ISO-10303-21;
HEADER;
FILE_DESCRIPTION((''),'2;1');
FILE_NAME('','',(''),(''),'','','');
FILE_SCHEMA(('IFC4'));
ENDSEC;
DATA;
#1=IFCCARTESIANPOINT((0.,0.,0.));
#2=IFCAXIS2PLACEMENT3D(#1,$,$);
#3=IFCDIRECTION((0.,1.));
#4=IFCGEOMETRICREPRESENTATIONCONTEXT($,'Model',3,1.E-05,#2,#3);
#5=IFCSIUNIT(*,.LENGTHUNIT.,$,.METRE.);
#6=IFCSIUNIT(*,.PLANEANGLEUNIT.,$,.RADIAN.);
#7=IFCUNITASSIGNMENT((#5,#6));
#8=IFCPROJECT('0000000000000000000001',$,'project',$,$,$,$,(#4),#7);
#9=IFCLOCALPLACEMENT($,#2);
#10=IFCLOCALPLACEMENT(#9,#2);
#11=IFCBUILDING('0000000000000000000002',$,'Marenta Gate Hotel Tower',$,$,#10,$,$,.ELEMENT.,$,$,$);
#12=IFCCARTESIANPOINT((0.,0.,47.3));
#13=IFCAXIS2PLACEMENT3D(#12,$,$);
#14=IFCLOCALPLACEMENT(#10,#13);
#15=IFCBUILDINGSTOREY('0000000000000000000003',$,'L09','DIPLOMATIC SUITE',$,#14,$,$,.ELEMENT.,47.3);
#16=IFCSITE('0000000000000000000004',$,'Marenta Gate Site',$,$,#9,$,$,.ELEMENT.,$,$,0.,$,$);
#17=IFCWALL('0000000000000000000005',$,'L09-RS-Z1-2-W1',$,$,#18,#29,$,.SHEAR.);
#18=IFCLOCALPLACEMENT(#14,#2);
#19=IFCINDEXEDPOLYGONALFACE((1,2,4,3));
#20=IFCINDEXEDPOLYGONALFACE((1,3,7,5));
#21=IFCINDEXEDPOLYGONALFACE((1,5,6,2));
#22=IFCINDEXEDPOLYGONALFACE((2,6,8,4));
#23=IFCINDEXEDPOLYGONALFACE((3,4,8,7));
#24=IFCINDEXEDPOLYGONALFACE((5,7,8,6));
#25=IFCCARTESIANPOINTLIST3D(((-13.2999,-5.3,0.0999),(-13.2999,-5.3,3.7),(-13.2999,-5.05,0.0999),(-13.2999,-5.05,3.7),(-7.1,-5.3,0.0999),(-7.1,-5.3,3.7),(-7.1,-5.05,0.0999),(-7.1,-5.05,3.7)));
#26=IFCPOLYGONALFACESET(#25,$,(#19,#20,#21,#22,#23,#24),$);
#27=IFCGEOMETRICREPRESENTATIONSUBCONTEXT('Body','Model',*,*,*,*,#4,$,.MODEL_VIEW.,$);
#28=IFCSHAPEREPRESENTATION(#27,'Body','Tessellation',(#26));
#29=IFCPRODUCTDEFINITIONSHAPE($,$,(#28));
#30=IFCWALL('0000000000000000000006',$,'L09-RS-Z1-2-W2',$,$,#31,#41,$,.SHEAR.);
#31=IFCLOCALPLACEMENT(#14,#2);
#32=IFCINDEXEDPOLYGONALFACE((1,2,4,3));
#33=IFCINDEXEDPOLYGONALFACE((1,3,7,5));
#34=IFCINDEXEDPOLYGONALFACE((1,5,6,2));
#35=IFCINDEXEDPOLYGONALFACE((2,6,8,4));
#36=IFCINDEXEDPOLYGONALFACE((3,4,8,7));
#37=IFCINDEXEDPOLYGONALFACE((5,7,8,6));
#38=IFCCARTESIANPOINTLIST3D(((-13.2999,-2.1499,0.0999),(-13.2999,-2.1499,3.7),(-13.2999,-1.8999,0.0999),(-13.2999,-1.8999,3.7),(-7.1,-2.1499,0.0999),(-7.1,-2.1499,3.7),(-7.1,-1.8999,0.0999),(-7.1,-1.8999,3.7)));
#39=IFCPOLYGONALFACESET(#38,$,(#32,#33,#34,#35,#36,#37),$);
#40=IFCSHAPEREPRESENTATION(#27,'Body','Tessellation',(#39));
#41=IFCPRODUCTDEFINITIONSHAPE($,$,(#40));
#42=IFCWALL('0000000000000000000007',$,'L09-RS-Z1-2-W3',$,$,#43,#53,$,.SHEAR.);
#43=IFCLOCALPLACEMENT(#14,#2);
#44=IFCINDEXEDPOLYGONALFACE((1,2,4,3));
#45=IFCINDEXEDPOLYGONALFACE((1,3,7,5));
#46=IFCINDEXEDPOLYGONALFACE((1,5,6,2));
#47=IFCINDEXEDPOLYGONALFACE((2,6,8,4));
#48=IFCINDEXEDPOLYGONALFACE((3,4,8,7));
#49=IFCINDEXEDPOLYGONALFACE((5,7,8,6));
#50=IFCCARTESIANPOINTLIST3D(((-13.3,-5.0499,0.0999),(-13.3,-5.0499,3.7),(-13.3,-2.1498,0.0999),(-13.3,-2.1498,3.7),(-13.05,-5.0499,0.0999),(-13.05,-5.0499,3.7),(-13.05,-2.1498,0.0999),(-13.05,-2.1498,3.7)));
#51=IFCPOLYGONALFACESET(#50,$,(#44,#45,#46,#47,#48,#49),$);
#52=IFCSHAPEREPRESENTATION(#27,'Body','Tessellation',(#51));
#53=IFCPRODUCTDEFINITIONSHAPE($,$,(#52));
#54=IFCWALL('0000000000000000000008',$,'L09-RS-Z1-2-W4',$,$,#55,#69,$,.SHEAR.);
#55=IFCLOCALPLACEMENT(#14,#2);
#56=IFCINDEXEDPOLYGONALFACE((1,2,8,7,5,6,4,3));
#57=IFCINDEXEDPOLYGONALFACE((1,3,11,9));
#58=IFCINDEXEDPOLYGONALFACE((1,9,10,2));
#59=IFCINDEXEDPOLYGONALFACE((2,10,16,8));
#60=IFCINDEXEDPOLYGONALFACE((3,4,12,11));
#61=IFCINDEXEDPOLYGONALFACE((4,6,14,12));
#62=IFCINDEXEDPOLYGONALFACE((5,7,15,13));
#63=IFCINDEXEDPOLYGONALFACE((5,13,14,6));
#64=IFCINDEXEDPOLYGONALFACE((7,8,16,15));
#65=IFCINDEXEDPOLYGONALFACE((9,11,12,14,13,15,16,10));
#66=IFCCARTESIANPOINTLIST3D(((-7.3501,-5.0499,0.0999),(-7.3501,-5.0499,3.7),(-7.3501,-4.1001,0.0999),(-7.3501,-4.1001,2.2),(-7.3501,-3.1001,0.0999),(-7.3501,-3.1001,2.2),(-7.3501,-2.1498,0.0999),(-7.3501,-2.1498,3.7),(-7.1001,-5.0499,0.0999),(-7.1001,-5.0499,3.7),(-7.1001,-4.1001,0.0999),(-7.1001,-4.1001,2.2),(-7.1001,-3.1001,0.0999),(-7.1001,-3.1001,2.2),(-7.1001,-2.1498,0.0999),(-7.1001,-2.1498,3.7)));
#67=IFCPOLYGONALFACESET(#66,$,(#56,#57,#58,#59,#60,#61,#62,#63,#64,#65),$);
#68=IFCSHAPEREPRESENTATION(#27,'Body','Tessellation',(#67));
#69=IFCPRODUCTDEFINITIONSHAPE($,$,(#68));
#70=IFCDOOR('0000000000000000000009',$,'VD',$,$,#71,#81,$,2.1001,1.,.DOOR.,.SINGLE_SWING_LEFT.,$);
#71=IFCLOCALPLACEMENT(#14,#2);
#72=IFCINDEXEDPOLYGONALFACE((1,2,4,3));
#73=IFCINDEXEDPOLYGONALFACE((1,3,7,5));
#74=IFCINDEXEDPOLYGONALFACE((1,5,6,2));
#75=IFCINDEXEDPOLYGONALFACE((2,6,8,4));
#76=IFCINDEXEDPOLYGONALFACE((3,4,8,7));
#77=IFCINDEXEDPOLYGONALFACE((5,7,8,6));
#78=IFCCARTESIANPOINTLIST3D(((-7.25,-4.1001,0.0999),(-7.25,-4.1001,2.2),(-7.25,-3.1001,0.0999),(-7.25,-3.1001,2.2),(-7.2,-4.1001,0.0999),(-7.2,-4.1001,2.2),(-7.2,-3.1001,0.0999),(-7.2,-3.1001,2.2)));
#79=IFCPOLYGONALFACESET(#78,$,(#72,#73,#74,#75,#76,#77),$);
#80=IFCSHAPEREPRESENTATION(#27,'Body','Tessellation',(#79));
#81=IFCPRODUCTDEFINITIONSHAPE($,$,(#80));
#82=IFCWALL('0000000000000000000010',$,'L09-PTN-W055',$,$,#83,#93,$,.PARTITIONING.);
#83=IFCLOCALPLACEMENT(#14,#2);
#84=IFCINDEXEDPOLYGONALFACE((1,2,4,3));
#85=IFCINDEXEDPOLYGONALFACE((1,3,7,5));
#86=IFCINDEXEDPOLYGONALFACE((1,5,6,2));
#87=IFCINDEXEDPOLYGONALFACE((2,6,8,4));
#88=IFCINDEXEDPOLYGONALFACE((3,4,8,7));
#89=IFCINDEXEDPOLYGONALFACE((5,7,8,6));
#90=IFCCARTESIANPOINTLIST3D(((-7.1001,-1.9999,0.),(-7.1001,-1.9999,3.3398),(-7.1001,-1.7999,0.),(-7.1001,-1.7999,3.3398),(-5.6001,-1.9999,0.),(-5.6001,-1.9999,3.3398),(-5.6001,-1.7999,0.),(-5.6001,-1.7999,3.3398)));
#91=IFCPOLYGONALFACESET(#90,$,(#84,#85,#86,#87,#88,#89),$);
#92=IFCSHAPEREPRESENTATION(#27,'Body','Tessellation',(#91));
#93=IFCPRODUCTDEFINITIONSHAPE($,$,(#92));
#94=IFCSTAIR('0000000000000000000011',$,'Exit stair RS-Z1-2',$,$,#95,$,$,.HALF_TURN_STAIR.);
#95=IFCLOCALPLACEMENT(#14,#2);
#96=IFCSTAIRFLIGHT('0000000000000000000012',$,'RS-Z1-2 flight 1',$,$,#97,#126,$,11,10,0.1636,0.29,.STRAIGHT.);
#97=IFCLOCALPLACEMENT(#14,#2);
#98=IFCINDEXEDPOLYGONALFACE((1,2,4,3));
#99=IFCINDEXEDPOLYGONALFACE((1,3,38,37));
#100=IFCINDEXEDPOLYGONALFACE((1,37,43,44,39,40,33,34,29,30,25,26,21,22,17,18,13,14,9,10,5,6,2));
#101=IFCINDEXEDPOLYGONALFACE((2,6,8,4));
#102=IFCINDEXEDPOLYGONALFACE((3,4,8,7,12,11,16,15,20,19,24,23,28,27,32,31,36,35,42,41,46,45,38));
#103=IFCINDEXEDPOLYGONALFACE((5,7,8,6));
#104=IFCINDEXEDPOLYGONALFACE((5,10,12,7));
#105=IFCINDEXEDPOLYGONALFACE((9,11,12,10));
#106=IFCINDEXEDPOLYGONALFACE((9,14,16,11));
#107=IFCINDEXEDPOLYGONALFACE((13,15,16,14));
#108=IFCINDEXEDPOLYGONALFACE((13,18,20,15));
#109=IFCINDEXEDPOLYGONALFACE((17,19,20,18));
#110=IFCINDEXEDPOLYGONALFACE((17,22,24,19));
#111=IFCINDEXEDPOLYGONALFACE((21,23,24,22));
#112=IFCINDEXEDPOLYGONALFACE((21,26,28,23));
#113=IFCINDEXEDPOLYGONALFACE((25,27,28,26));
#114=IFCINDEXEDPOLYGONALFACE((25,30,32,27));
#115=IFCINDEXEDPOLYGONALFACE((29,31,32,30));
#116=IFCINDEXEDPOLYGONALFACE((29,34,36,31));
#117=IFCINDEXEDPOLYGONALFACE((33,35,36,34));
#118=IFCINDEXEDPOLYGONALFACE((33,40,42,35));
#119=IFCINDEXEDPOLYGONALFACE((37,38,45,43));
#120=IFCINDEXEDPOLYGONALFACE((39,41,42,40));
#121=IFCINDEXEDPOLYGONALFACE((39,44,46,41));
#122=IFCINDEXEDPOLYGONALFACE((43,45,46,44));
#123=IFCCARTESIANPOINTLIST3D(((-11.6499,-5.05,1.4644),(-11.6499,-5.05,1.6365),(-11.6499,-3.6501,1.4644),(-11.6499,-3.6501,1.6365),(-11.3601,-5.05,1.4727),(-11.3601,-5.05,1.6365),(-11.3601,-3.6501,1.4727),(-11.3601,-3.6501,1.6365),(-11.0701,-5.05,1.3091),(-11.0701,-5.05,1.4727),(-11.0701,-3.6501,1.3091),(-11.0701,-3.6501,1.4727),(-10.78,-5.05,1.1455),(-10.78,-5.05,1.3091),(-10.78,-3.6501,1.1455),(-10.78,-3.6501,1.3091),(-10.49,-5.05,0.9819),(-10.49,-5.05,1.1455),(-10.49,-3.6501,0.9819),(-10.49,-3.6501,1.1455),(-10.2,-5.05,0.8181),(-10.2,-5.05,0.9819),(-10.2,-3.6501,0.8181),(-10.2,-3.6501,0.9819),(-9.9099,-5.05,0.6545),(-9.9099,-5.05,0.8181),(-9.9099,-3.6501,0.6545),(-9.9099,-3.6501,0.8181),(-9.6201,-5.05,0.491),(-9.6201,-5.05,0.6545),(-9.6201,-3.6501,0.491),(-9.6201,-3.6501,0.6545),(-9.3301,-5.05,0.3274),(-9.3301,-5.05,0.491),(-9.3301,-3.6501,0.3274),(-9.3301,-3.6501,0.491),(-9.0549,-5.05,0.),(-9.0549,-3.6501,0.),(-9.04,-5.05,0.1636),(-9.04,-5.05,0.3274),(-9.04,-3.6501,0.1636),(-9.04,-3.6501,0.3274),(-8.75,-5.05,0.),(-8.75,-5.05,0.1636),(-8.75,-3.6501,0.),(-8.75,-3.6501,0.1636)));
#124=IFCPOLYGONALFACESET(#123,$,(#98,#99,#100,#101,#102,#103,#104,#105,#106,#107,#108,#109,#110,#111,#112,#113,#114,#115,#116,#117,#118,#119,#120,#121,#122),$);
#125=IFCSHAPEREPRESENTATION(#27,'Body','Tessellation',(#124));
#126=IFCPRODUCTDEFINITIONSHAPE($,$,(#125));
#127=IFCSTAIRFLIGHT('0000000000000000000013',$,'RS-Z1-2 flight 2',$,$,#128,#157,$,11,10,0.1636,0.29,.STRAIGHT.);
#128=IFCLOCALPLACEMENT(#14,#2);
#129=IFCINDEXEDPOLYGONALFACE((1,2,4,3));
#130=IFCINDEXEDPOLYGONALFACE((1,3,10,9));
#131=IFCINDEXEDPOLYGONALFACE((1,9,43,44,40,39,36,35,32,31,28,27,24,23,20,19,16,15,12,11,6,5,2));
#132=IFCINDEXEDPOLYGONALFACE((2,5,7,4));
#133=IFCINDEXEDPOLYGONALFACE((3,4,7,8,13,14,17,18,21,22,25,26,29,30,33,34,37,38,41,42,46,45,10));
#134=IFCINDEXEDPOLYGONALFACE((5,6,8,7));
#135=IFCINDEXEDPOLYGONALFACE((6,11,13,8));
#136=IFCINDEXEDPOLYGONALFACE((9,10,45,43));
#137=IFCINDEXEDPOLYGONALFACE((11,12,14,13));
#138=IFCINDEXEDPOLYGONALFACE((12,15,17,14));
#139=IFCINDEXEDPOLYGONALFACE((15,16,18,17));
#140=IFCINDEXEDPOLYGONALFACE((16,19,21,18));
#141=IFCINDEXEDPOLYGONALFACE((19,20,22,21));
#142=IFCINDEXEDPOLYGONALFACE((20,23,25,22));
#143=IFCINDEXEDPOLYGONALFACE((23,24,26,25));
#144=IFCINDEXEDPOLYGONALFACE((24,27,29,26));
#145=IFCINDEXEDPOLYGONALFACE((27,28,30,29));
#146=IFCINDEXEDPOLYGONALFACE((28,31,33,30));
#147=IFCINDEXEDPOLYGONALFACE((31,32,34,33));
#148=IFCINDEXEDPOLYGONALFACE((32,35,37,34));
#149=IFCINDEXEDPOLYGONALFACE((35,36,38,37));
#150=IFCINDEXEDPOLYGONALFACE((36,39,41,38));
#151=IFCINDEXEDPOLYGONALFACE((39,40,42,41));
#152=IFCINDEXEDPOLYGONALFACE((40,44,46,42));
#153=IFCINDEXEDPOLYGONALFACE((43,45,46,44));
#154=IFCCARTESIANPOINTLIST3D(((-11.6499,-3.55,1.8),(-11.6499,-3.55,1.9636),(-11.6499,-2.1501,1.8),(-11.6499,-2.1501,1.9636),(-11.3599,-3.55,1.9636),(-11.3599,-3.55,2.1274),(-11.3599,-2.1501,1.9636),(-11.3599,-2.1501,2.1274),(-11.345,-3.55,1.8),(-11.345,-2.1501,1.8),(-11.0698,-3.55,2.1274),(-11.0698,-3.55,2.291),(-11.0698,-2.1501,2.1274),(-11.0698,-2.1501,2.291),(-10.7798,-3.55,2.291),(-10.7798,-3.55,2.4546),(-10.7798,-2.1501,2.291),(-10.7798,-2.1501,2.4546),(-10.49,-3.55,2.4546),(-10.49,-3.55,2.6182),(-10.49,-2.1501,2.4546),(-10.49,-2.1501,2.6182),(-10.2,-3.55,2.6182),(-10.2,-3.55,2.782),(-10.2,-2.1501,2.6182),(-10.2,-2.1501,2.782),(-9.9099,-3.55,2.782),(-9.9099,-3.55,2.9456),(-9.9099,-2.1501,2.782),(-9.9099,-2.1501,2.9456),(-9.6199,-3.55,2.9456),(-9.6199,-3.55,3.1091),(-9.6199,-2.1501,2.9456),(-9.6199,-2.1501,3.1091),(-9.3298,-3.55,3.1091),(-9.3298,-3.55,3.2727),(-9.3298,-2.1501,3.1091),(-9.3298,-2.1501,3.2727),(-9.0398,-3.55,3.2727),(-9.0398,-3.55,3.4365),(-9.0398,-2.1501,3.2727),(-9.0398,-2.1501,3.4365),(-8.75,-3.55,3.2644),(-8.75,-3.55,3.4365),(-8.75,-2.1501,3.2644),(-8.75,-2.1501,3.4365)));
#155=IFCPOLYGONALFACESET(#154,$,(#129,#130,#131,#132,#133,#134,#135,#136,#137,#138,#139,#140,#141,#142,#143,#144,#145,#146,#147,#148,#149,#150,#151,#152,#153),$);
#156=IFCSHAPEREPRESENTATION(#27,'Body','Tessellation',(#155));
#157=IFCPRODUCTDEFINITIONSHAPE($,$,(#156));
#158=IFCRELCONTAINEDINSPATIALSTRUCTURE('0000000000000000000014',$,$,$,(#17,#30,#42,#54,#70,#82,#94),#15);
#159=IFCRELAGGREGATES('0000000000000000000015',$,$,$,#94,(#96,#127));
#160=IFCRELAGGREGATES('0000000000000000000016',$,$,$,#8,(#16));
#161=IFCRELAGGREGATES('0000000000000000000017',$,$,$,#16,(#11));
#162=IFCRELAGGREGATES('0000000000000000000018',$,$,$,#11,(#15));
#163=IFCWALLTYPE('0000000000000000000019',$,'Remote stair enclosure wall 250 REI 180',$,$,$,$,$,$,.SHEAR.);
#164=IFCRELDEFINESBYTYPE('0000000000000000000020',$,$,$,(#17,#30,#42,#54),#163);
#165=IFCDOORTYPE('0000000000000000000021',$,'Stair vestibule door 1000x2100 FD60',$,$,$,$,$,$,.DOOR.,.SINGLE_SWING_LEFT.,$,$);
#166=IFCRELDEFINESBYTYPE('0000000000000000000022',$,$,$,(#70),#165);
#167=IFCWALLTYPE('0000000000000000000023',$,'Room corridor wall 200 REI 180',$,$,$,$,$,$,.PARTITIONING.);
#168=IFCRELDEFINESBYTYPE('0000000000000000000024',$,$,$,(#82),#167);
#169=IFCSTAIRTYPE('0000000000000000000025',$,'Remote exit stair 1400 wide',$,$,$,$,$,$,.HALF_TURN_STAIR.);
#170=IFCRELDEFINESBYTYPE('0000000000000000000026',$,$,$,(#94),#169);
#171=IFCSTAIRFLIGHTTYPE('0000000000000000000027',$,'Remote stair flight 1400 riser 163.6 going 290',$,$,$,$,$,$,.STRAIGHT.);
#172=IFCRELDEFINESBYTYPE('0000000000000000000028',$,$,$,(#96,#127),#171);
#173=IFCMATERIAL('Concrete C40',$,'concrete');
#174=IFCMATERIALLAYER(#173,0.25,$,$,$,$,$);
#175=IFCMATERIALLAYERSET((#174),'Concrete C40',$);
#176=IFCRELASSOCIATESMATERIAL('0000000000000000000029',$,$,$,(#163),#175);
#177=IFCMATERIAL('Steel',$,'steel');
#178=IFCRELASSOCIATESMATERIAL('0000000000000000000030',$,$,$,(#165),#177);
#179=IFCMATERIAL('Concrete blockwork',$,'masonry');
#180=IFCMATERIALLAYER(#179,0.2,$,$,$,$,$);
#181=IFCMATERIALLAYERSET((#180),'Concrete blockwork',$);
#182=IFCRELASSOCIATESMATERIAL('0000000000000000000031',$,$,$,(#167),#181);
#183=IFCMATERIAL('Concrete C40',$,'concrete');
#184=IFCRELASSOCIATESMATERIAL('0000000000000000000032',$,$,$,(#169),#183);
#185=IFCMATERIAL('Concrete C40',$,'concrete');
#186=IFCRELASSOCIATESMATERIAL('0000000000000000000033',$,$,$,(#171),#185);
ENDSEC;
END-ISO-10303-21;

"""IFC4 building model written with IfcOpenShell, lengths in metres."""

from ifc_helpers import new_model, si_unit, direction, frame, frame_2d, origin, place, context, subcontext, project, spatial, polyline, rectangle, outline, extrude, material, layer, layer_set, type_object, element, fill, aggregate, save


model = new_model("IFC4")

# Units and contexts
model_context = context("Model", 3, precision=1e-05, world=origin(), true_north=direction((0.0, 1.0)))
body_context = subcontext(model_context, "Body", "Model", "MODEL_VIEW")
ifc_project = project(units=[si_unit("LENGTHUNIT", "METRE"), si_unit("PLANEANGLEUNIT", "RADIAN")], contexts=[model_context])

# Site, building, storey
site_placement = place(None, origin())
site = spatial("IfcSite", under=ifc_project, at=site_placement, Name="Marenta Gate Site", CompositionType="ELEMENT", RefElevation=0.0)
building_placement = place(site_placement, origin())
building = spatial("IfcBuilding", under=site, at=building_placement, Name="Marenta Gate Hotel Tower", CompositionType="ELEMENT")
storey_placement = place(building_placement, frame((0.0, 0.0, 47.3)))
storey = spatial("IfcBuildingStorey", under=building, at=storey_placement, Name="L09", Description="DIPLOMATIC SUITE", CompositionType="ELEMENT", Elevation=47.3)

# Walls
ifc_material_1 = material(Name="Concrete C40", Category="concrete")
ifc_layer_1 = layer(ifc_material_1, 0.25)
ifc_layer_set_1 = layer_set([ifc_layer_1], Name="Concrete C40")
wall_type_1 = type_object("IfcWallType", Name="Remote stair enclosure wall 250 REI 180", PredefinedType="SHEAR", material=ifc_layer_set_1)
for number, where, z_axis, x_axis, name in (
    (1, (-13.3, -5.175, 0.0999), (0.0, 0.0, 1.0), (1.0, 0.0, 0.0), "L09-RS-Z1-2-W1"),
    (2, (-13.3, -2.0249, 0.0999), (0.0, 0.0, 1.0), (1.0, 0.0, 0.0), "L09-RS-Z1-2-W2"),
):
    element("IfcWall", number, at=place(storey_placement, frame(where, z_axis=z_axis, x_axis=x_axis)), inside=storey, type_object=wall_type_1, Name=name, PredefinedType="SHEAR", context=body_context, shape_type="SweptSolid", body=[
        extrude(rectangle(XDim=6.2, YDim=0.25, at=frame_2d((3.1001, 0.0))), origin(), (0.0, 0.0, 1.0), 3.6001),
    ])
wall_1_placement = place(storey_placement, frame((-13.175, -5.05, 0.0999), z_axis=(0.0, 0.0, 1.0), x_axis=(0.0, 1.0, 0.0)))
element("IfcWall", 3, at=wall_1_placement, inside=storey, type_object=wall_type_1, Name="L09-RS-Z1-2-W3", PredefinedType="SHEAR", context=body_context, shape_type="SweptSolid", body=[
    extrude(rectangle(XDim=2.9001, YDim=0.25, at=frame_2d((1.4502, 0.0))), origin(), (0.0, 0.0, 1.0), 3.6001),
])

# Wall, opening, door
wall_2_placement = place(storey_placement, frame((-7.2251, -5.05, 0.0999), z_axis=(0.0, 0.0, 1.0), x_axis=(0.0, 1.0, 0.0)))
wall_2 = element("IfcWall", 4, at=wall_2_placement, inside=storey, type_object=wall_type_1, Name="L09-RS-Z1-2-W4", PredefinedType="SHEAR", context=body_context, shape_type="SweptSolid", body=[
    extrude(rectangle(XDim=2.9001, YDim=0.25, at=frame_2d((1.4502, 0.0))), origin(), (0.0, 0.0, 1.0), 3.6001),
])
opening_1_placement = place(wall_2_placement, frame((0.95, 0.0, 0.0)))
opening_1 = element("IfcOpeningElement", 5, at=opening_1_placement, cuts=wall_2, PredefinedType="OPENING", context=body_context, shape_type="SweptSolid", body=[
    extrude(rectangle(XDim=1.0, YDim=2.1001, at=frame_2d((0.5, 1.05))), frame((0.0, 0.125, 0.0), z_axis=(0.0, -1.0, 0.0), x_axis=(1.0, 0.0, 0.0)), (0.0, 0.0, 1.0), 0.25),
])
ifc_material_2 = material(Name="Steel", Category="steel")
door_type_1 = type_object("IfcDoorType", Name="Stair vestibule door 1000x2100 FD60", OperationType="SINGLE_SWING_LEFT", PredefinedType="DOOR", material=ifc_material_2)
door_1_placement = place(opening_1_placement, origin())
door_1 = element("IfcDoor", 6, at=door_1_placement, inside=storey, type_object=door_type_1, Name="VD", OperationType="SINGLE_SWING_LEFT", OverallHeight=2.1001, OverallWidth=1.0, PredefinedType="DOOR", context=body_context, shape_type="SweptSolid", body=[
    extrude(rectangle(XDim=1.0, YDim=2.1001, at=frame_2d((0.5, 1.05))), frame((0.0, 0.0249, 0.0), z_axis=(0.0, -1.0, 0.0), x_axis=(1.0, 0.0, 0.0)), (0.0, 0.0, 1.0), 0.05),
])
fill(opening_1, door_1)
ifc_material_3 = material(Name="Concrete blockwork", Category="masonry")
ifc_layer_2 = layer(ifc_material_3, 0.2)
ifc_layer_set_2 = layer_set([ifc_layer_2], Name="Concrete blockwork")
wall_type_2 = type_object("IfcWallType", Name="Room corridor wall 200 REI 180", PredefinedType="PARTITIONING", material=ifc_layer_set_2)

# Wall
wall_3_placement = place(storey_placement, frame((-7.1001, -1.8999, 0.0), z_axis=(0.0, 0.0, 1.0), x_axis=(1.0, 0.0, 0.0)))
element("IfcWall", 7, at=wall_3_placement, inside=storey, type_object=wall_type_2, Name="L09-PTN-W055", PredefinedType="PARTITIONING", context=body_context, shape_type="SweptSolid", body=[
    extrude(rectangle(XDim=1.5, YDim=0.2, at=frame_2d((0.75, 0.0))), origin(), (0.0, 0.0, 1.0), 3.3398),
])

# Stair, stair flights
ifc_material_4 = material(Name="Concrete C40", Category="concrete")
stair_type = type_object("IfcStairType", Name="Remote exit stair 1400 wide", PredefinedType="HALF_TURN_STAIR", material=ifc_material_4)
stair_placement = place(storey_placement, origin())
stair = element("IfcStair", 8, at=stair_placement, inside=storey, type_object=stair_type, Name="Exit stair RS-Z1-2", PredefinedType="HALF_TURN_STAIR")
ifc_material_5 = material(Name="Concrete C40", Category="concrete")
stair_flight_type = type_object("IfcStairFlightType", Name="Remote stair flight 1400 riser 163.6 going 290", PredefinedType="STRAIGHT", material=ifc_material_5)
stair_flight_1_placement = place(storey_placement, frame((-8.75, -4.3501, 0.0), z_axis=(0.0, 0.0, 1.0), x_axis=(-1.0, 0.0, 0.0)))
stair_flight_1 = element("IfcStairFlight", 9, at=stair_flight_1_placement, type_object=stair_flight_type, Name="RS-Z1-2 flight 1", NumberOfRisers=11, NumberOfTreads=10, PredefinedType="STRAIGHT", RiserHeight=0.1636, TreadLength=0.29, context=body_context, shape_type="SweptSolid", body=[
    extrude(outline(polyline([(0.0, 0.0), (0.0, 0.1636), (0.29, 0.1636), (0.29, 0.3274), (0.5801, 0.3274), (0.5801, 0.491), (0.8701, 0.491), (0.8701, 0.6545), (1.1599, 0.6545), (1.1599, 0.8181), (1.45, 0.8181), (1.45, 0.9819), (1.74, 0.9819), (1.74, 1.1455), (2.03, 1.1455), (2.03, 1.3091), (2.3201, 1.3091), (2.3201, 1.4727), (2.6101, 1.4727), (2.6101, 1.6365), (2.8999, 1.6365), (2.8999, 1.8), (2.8999, 1.4644), (0.3049, 0.0), (0.0, 0.0)])), frame((0.0, 0.7, 0.0), z_axis=(0.0, -1.0, 0.0), x_axis=(1.0, 0.0, 0.0)), (0.0, 0.0, 1.0), 1.3999),
])
stair_flight_2_placement = place(storey_placement, frame((-11.6499, -2.8501, 1.8), z_axis=(0.0, 0.0, 1.0), x_axis=(1.0, 0.0, 0.0)))
stair_flight_2 = element("IfcStairFlight", 10, at=stair_flight_2_placement, type_object=stair_flight_type, Name="RS-Z1-2 flight 2", NumberOfRisers=11, NumberOfTreads=10, PredefinedType="STRAIGHT", RiserHeight=0.1636, TreadLength=0.29, context=body_context, shape_type="SweptSolid", body=[
    extrude(outline(polyline([(0.0, 0.0), (0.0, 0.1636), (0.29, 0.1636), (0.29, 0.3274), (0.5801, 0.3274), (0.5801, 0.491), (0.8701, 0.491), (0.8701, 0.6545), (1.1599, 0.6545), (1.1599, 0.8181), (1.45, 0.8181), (1.45, 0.9819), (1.74, 0.9819), (1.74, 1.1455), (2.03, 1.1455), (2.03, 1.3091), (2.3201, 1.3091), (2.3201, 1.4727), (2.6101, 1.4727), (2.6101, 1.6365), (2.8999, 1.6365), (2.8999, 1.8), (2.8999, 1.4644), (0.3049, 0.0), (0.0, 0.0)])), frame((0.0, 0.7, 0.0), z_axis=(0.0, -1.0, 0.0), x_axis=(1.0, 0.0, 0.0)), (0.0, 0.0, 1.0), 1.3999),
])
aggregate(stair, [stair_flight_1, stair_flight_2])

save(model, "model.ifc")
